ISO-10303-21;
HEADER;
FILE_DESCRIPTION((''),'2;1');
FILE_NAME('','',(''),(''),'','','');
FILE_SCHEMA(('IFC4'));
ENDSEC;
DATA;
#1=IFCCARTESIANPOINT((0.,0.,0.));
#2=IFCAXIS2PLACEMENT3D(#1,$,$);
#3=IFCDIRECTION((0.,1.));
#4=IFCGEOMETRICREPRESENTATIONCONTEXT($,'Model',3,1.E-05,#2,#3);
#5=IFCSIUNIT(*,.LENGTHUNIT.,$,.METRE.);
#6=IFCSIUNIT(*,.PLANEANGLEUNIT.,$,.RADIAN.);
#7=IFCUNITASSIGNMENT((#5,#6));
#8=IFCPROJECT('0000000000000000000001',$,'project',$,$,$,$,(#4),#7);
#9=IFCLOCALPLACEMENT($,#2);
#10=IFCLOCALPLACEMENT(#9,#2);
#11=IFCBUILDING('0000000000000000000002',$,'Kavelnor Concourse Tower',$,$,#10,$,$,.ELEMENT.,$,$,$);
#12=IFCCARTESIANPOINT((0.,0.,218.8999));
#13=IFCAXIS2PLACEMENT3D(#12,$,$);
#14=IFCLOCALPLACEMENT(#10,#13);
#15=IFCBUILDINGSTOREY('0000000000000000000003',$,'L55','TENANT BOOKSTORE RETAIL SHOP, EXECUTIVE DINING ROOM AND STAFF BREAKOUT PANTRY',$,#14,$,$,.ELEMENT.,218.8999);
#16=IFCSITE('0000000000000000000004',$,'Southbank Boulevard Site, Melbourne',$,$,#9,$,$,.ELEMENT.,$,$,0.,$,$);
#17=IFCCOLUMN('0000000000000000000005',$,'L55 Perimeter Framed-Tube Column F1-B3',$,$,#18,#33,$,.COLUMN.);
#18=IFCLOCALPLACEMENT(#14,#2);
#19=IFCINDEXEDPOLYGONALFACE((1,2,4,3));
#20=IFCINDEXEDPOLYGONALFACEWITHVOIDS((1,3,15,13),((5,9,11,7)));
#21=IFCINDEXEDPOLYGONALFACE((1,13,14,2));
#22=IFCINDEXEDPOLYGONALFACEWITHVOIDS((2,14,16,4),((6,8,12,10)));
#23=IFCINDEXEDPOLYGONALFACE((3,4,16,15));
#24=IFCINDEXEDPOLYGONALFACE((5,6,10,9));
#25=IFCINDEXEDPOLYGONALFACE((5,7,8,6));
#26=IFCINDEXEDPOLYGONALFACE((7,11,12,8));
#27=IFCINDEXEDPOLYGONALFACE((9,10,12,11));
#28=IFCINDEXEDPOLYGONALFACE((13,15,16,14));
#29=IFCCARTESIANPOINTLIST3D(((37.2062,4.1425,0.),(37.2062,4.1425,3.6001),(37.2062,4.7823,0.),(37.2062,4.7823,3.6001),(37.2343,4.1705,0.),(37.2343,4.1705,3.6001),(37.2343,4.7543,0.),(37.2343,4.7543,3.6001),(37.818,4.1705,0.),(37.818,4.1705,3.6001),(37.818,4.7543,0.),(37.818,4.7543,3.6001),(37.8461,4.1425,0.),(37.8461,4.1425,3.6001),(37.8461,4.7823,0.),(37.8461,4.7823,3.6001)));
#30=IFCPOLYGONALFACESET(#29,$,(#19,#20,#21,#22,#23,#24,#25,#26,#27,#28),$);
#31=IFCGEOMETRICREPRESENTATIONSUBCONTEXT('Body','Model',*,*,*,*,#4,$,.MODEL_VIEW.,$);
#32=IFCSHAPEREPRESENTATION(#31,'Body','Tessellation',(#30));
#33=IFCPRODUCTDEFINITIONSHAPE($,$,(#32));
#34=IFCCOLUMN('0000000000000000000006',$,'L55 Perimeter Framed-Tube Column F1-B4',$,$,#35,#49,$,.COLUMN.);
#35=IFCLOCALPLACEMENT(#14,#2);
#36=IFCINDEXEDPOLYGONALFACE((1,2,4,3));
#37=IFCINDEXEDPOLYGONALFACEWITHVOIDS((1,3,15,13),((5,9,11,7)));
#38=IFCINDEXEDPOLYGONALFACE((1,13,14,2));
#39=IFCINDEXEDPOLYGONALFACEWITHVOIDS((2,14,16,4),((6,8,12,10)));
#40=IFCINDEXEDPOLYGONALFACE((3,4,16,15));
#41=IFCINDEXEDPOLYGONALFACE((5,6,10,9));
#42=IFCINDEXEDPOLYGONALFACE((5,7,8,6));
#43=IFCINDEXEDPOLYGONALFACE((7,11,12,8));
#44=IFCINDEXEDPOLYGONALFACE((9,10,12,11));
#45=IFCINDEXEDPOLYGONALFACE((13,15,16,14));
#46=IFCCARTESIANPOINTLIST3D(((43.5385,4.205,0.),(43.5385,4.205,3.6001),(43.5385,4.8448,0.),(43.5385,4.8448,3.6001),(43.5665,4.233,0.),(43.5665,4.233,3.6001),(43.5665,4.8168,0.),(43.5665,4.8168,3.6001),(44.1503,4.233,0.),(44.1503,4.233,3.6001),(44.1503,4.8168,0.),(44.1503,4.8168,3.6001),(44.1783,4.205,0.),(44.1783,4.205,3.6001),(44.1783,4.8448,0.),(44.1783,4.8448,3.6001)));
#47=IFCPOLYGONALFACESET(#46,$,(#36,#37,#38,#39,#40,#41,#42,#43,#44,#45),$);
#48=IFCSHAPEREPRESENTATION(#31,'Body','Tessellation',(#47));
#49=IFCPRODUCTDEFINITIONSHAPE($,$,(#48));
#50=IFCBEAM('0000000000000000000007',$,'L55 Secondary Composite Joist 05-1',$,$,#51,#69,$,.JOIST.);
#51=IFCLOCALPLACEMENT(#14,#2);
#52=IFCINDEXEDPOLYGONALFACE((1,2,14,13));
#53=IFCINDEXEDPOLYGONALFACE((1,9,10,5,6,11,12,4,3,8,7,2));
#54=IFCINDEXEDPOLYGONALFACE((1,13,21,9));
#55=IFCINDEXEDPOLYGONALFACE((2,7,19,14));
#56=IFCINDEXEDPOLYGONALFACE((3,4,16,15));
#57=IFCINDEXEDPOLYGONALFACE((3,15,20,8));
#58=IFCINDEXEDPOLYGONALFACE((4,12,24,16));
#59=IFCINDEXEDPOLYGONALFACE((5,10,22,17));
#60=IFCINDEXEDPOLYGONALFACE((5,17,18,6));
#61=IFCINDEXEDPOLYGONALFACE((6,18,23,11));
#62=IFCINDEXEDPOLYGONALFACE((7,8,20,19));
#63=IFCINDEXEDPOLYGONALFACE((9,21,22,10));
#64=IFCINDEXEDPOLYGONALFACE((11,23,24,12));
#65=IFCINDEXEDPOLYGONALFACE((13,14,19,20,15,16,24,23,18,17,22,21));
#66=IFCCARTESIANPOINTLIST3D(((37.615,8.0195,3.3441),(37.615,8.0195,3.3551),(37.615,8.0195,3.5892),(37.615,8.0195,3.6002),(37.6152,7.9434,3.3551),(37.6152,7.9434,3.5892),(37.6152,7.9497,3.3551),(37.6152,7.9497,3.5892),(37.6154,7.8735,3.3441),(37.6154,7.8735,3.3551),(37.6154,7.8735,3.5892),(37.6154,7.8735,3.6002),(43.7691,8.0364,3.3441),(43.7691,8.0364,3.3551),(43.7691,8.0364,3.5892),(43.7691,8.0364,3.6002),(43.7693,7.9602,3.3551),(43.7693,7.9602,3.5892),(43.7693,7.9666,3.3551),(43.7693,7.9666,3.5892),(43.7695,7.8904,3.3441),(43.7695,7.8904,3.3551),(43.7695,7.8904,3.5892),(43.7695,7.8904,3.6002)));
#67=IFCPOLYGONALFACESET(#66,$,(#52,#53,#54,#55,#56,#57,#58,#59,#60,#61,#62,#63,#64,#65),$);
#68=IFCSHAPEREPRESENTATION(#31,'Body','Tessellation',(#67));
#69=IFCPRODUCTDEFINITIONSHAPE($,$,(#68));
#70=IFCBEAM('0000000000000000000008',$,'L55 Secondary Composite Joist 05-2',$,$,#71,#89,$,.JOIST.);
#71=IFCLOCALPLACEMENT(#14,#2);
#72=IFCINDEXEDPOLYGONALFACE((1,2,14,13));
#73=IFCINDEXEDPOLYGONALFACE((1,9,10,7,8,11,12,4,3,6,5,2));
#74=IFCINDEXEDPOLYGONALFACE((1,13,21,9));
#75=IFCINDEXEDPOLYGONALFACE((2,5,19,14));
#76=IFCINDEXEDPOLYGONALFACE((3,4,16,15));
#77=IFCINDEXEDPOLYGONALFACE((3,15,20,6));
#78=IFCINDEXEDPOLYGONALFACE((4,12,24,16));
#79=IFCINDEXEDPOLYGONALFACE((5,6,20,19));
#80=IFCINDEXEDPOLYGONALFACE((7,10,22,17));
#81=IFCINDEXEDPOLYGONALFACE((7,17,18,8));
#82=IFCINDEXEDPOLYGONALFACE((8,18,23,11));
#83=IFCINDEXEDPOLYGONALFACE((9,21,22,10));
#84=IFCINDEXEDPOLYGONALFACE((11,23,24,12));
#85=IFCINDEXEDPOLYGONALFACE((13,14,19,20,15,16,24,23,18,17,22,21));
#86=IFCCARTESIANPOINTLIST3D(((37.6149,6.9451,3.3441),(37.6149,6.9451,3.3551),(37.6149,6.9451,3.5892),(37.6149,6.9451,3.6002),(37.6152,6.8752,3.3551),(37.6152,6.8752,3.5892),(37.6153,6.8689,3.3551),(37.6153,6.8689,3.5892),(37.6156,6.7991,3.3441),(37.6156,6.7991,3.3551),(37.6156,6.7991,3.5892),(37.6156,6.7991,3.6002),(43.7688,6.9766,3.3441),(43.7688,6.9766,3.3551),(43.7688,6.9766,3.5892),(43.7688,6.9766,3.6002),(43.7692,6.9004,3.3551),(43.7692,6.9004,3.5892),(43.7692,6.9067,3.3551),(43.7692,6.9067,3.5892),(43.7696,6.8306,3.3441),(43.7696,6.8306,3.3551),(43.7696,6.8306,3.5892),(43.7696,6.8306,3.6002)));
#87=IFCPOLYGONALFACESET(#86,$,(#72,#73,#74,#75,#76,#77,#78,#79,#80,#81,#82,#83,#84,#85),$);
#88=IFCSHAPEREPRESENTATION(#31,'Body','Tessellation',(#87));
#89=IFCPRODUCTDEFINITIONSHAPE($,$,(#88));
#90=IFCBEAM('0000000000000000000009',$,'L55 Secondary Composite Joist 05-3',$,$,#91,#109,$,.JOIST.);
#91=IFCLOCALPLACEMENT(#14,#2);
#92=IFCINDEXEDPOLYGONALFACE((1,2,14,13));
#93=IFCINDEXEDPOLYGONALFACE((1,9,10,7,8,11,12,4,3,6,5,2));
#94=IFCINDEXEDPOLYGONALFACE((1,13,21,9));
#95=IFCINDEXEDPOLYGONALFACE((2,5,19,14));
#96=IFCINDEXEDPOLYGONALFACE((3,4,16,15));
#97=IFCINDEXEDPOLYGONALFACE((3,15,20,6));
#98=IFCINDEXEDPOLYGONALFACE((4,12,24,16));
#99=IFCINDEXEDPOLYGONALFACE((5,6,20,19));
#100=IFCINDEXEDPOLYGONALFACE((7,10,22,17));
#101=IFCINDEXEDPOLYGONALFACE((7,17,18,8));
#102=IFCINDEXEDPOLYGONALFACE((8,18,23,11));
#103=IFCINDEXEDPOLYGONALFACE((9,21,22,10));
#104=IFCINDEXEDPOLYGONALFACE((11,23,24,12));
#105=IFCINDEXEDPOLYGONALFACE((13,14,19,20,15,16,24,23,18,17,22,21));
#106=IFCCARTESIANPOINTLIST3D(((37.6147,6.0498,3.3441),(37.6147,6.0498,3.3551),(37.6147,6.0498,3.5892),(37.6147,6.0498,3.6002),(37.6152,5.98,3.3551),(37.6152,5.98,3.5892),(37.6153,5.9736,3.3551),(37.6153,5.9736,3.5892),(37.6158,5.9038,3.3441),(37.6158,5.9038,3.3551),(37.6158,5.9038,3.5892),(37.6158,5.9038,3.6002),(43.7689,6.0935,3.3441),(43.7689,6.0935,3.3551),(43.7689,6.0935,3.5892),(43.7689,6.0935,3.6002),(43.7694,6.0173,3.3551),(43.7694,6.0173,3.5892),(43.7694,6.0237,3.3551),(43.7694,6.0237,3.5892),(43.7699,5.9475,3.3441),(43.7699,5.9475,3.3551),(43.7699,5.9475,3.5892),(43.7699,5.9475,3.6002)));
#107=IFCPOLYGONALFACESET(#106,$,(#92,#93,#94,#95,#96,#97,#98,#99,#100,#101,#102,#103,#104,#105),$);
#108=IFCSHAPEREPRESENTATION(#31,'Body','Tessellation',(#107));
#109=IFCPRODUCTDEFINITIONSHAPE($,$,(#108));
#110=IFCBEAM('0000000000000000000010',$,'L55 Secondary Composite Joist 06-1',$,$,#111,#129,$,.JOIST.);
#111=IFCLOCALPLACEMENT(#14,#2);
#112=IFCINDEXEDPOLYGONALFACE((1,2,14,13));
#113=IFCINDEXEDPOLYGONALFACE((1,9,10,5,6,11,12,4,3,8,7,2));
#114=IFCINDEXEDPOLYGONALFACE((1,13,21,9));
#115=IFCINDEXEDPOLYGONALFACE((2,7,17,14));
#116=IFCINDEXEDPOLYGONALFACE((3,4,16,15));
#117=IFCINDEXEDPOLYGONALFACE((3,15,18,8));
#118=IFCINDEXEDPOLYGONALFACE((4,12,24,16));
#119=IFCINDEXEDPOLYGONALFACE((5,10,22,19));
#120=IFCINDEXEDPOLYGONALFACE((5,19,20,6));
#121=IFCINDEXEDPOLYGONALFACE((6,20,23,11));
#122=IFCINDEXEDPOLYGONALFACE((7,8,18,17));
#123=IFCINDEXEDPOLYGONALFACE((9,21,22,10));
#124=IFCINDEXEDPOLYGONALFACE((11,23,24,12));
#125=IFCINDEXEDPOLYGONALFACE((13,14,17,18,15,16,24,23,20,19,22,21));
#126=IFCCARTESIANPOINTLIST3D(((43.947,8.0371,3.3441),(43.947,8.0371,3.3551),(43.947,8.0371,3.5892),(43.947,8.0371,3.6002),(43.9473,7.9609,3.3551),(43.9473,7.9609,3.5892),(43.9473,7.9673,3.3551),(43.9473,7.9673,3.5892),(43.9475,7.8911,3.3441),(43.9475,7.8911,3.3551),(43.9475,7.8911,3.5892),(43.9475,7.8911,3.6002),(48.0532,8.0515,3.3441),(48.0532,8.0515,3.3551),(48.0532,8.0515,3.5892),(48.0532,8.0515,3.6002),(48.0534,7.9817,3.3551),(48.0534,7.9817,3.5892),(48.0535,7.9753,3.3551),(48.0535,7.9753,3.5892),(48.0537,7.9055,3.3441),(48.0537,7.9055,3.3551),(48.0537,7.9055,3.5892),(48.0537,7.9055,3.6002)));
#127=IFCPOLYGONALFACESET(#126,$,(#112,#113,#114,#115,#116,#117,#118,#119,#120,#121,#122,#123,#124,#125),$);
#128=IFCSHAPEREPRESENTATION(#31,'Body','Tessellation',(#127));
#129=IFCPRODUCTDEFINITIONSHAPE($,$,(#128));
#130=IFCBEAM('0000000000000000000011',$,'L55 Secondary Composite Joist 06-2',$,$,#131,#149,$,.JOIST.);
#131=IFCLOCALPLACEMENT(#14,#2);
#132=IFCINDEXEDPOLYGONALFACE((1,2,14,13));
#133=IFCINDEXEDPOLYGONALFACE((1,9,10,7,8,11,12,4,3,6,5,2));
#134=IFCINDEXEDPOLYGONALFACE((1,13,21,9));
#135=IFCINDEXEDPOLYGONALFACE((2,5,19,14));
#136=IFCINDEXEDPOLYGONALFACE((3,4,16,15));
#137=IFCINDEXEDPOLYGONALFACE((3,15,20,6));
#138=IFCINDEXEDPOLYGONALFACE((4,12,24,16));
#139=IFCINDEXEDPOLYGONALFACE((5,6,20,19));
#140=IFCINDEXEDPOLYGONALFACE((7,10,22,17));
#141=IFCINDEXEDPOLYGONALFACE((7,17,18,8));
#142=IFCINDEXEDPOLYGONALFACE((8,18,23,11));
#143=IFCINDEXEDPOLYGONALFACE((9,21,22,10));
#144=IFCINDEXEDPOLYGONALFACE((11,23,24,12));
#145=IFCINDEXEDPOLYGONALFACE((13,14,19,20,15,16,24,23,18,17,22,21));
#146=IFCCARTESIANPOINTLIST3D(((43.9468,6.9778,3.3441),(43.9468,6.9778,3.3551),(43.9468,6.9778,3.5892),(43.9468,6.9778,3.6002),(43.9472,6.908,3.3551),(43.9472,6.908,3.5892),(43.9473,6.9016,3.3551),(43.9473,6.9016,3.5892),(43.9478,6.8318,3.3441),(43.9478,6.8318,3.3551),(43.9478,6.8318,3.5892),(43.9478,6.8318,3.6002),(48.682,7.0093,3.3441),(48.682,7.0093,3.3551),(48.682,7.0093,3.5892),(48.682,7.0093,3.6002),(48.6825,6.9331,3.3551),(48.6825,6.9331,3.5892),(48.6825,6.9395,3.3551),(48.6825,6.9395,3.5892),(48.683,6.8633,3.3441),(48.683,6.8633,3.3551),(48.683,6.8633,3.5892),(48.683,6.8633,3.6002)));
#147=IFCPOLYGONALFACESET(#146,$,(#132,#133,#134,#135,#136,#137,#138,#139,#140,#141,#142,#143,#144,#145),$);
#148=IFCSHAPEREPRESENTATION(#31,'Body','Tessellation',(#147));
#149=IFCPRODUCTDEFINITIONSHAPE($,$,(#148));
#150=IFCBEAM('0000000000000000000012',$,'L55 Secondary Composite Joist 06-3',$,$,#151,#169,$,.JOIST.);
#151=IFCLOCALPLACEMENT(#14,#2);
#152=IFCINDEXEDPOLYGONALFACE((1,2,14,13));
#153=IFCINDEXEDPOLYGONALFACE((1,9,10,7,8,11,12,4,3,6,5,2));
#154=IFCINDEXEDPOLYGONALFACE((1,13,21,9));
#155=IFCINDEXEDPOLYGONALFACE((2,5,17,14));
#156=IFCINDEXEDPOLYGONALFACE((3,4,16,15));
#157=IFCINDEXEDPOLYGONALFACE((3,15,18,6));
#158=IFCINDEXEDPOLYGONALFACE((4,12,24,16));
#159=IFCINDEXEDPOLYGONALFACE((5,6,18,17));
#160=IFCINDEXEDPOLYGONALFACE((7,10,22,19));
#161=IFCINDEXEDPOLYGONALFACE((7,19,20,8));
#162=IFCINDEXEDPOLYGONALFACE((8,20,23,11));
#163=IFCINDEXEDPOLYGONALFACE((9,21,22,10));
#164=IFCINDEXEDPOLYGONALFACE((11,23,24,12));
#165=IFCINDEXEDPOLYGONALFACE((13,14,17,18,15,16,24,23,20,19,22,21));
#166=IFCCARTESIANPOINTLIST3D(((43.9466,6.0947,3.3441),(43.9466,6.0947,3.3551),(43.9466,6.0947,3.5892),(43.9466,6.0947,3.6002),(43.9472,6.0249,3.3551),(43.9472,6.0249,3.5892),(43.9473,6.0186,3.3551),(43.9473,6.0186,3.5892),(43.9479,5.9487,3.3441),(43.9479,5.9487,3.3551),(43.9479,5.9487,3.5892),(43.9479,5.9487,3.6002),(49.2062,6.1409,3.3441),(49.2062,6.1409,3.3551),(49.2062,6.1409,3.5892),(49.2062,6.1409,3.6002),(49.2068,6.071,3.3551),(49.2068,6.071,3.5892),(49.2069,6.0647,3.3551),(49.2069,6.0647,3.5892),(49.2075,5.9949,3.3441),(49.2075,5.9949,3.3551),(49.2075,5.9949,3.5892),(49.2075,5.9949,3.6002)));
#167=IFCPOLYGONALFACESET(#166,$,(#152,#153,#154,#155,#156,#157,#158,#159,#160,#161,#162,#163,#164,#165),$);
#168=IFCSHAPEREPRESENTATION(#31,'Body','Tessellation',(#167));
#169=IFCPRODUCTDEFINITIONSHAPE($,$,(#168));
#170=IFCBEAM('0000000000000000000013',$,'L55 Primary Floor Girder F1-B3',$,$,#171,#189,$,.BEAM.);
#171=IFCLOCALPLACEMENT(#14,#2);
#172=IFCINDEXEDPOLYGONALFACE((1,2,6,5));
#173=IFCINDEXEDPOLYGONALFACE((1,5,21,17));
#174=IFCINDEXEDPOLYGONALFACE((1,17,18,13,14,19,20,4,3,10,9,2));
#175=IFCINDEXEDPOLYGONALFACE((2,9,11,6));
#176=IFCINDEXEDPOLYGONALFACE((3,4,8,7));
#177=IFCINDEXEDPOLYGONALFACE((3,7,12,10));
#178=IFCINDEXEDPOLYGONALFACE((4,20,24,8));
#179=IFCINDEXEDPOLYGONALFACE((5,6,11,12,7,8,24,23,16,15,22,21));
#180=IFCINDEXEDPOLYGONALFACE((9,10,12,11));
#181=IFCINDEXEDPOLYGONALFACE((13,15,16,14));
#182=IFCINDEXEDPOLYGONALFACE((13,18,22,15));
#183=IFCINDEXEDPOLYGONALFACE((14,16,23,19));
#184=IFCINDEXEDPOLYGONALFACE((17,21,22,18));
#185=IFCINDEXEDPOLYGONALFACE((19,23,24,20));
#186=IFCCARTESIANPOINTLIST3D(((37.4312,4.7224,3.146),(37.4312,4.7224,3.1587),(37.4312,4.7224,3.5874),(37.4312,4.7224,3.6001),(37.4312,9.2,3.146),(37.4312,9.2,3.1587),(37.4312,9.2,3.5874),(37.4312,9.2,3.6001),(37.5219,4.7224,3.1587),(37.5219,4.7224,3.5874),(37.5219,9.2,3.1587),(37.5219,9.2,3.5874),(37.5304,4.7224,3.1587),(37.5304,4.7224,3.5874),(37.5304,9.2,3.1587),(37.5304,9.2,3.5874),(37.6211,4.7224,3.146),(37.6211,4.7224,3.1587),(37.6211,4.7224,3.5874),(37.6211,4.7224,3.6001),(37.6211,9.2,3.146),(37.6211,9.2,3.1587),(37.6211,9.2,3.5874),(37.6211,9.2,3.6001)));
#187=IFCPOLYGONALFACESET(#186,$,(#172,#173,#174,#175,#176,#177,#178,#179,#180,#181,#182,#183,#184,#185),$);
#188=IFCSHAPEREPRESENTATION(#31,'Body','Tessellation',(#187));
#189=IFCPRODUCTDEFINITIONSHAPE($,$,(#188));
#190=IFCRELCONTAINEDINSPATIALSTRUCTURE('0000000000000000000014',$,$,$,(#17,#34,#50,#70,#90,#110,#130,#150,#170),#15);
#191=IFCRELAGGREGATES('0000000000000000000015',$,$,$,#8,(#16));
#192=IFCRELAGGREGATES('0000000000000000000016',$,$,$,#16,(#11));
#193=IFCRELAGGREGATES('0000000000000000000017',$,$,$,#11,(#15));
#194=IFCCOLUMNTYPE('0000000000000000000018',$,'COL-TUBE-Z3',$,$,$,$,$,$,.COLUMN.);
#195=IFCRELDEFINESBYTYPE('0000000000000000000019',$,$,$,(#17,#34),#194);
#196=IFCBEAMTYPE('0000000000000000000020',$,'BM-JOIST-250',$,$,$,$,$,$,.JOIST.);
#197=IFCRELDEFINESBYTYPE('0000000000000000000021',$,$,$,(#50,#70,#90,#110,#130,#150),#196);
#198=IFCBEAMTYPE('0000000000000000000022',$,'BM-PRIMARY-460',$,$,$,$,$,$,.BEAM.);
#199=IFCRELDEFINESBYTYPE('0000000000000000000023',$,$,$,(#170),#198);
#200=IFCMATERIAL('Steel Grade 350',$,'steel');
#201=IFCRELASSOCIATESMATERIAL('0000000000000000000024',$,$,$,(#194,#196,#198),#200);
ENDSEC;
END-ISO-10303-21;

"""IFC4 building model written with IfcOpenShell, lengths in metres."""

from ifc_helpers import new_model, si_unit, direction, frame, origin, origin_2d, place, context, subcontext, project, spatial, hollow_rectangle, i_section, extrude, material, material_profile, profile_set, type_object, element, save


model = new_model("IFC4")

# Units and contexts
model_context = context("Model", 3, precision=1e-05, world=origin(), true_north=direction((0.0, 1.0)))
body_context = subcontext(model_context, "Body", "Model", "MODEL_VIEW")
ifc_project = project(units=[si_unit("LENGTHUNIT", "METRE"), si_unit("PLANEANGLEUNIT", "RADIAN")], contexts=[model_context])

# Site, building, storey
site_placement = place(None, origin())
site = spatial("IfcSite", under=ifc_project, at=site_placement, Name="Southbank Boulevard Site, Melbourne", CompositionType="ELEMENT", RefElevation=0.0)
building_placement = place(site_placement, origin())
building = spatial("IfcBuilding", under=site, at=building_placement, Name="Kavelnor Concourse Tower", CompositionType="ELEMENT")
storey_placement = place(building_placement, frame((0.0, 0.0, 218.8999)))
storey = spatial("IfcBuildingStorey", under=building, at=storey_placement, Name="L55", Description="TENANT BOOKSTORE RETAIL SHOP, EXECUTIVE DINING ROOM AND STAFF BREAKOUT PANTRY", CompositionType="ELEMENT", Elevation=218.8999)

# Columns
ifc_material_1 = material(Name="Steel Grade 350", Category="steel")
ifc_material_profile_1 = material_profile(ifc_material_1, hollow_rectangle(XDim=0.6399, YDim=0.6399, WallThickness=0.0281, at=origin_2d()), Name="SHS 640x640x28")
ifc_profile_set_1 = profile_set([ifc_material_profile_1], Name="Steel Grade 350")
column_type = type_object("IfcColumnType", Name="COL-TUBE-Z3", PredefinedType="COLUMN", material=ifc_profile_set_1)
for number, where, z_axis, x_axis, name in (
    (1, (37.5261, 4.4624, 0.0), (0.0, 0.0, 1.0), (1.0, 0.0, 0.0), "L55 Perimeter Framed-Tube Column F1-B3"),
    (2, (43.8584, 4.5249, 0.0), (0.0, 0.0, 1.0), (1.0, 0.0, 0.0), "L55 Perimeter Framed-Tube Column F1-B4"),
):
    element("IfcColumn", number, at=place(storey_placement, frame(where, z_axis=z_axis, x_axis=x_axis)), inside=storey, type_object=column_type, Name=name, PredefinedType="COLUMN", context=body_context, shape_type="SweptSolid", body=[
        extrude(hollow_rectangle(XDim=0.6399, YDim=0.6399, WallThickness=0.0281, at=origin_2d()), origin(), (0.0, 0.0, 1.0), 3.6001),
    ])

# Beams
ifc_material_profile_2 = material_profile(ifc_material_1, i_section(OverallWidth=0.146, OverallDepth=0.2561, WebThickness=0.0063, FlangeThickness=0.011, at=origin_2d()), Name="250UB37")
ifc_profile_set_2 = profile_set([ifc_material_profile_2], Name="Steel Grade 350")
beam_type_1 = type_object("IfcBeamType", Name="BM-JOIST-250", PredefinedType="JOIST", material=ifc_profile_set_2)
for number, where, z_axis, x_axis, name in (
    (3, (37.6152, 7.9465, 3.4722), (0.999996, 0.002737, 0.0), (-0.002737, 0.999996, 0.0), "L55 Secondary Composite Joist 05-1"),
    (4, (37.6152, 6.8721, 3.4722), (0.999987, 0.005118, 0.0), (-0.005118, 0.999987, 0.0), "L55 Secondary Composite Joist 05-2"),
):
    element("IfcBeam", number, at=place(storey_placement, frame(where, z_axis=z_axis, x_axis=x_axis)), inside=storey, type_object=beam_type_1, Name=name, PredefinedType="JOIST", context=body_context, shape_type="SweptSolid", body=[
        extrude(i_section(OverallWidth=0.146, OverallDepth=0.2561, WebThickness=0.0063, FlangeThickness=0.011, at=origin_2d()), origin(), (0.0, 0.0, 1.0), 6.1541),
    ])
beam_1_placement = place(storey_placement, frame((37.6152, 5.9768, 3.4722), z_axis=(0.999975, 0.007101, 0.0), x_axis=(-0.007101, 0.999975, 0.0)))
element("IfcBeam", 5, at=beam_1_placement, inside=storey, type_object=beam_type_1, Name="L55 Secondary Composite Joist 05-3", PredefinedType="JOIST", context=body_context, shape_type="SweptSolid", body=[
    extrude(i_section(OverallWidth=0.146, OverallDepth=0.2561, WebThickness=0.0063, FlangeThickness=0.011, at=origin_2d()), origin(), (0.0, 0.0, 1.0), 6.1543),
])
beam_2_placement = place(storey_placement, frame((43.9473, 7.9641, 3.4722), z_axis=(0.999994, 0.003508, 0.0), x_axis=(-0.003508, 0.999994, 0.0)))
element("IfcBeam", 6, at=beam_2_placement, inside=storey, type_object=beam_type_1, Name="L55 Secondary Composite Joist 06-1", PredefinedType="JOIST", context=body_context, shape_type="SweptSolid", body=[
    extrude(i_section(OverallWidth=0.146, OverallDepth=0.2561, WebThickness=0.0063, FlangeThickness=0.011, at=origin_2d()), origin(), (0.0, 0.0, 1.0), 4.1062),
])
beam_3_placement = place(storey_placement, frame((43.9473, 6.9048, 3.4722), z_axis=(0.999978, 0.006651, 0.0), x_axis=(-0.006651, 0.999978, 0.0)))
element("IfcBeam", 7, at=beam_3_placement, inside=storey, type_object=beam_type_1, Name="L55 Secondary Composite Joist 06-2", PredefinedType="JOIST", context=body_context, shape_type="SweptSolid", body=[
    extrude(i_section(OverallWidth=0.146, OverallDepth=0.2561, WebThickness=0.0063, FlangeThickness=0.011, at=origin_2d()), origin(), (0.0, 0.0, 1.0), 4.7354),
])
beam_4_placement = place(storey_placement, frame((43.9473, 6.0217, 3.4722), z_axis=(0.999962, 0.008773, 0.0), x_axis=(-0.008773, 0.999962, 0.0)))
element("IfcBeam", 8, at=beam_4_placement, inside=storey, type_object=beam_type_1, Name="L55 Secondary Composite Joist 06-3", PredefinedType="JOIST", context=body_context, shape_type="SweptSolid", body=[
    extrude(i_section(OverallWidth=0.146, OverallDepth=0.2561, WebThickness=0.0063, FlangeThickness=0.011, at=origin_2d()), origin(), (0.0, 0.0, 1.0), 5.2598),
])
ifc_material_profile_3 = material_profile(ifc_material_1, i_section(OverallWidth=0.1899, OverallDepth=0.4541, WebThickness=0.0085, FlangeThickness=0.0127, at=origin_2d()), Name="460UB67")
ifc_profile_set_3 = profile_set([ifc_material_profile_3], Name="Steel Grade 350")
beam_type_2 = type_object("IfcBeamType", Name="BM-PRIMARY-460", PredefinedType="BEAM", material=ifc_profile_set_3)
beam_5_placement = place(storey_placement, frame((37.5261, 9.2, 3.373), z_axis=(0.0, -1.0, 0.0), x_axis=(1.0, 0.0, 0.0)))
element("IfcBeam", 9, at=beam_5_placement, inside=storey, type_object=beam_type_2, Name="L55 Primary Floor Girder F1-B3", PredefinedType="BEAM", context=body_context, shape_type="SweptSolid", body=[
    extrude(i_section(OverallWidth=0.1899, OverallDepth=0.4541, WebThickness=0.0085, FlangeThickness=0.0127, at=origin_2d()), origin(), (0.0, 0.0, 1.0), 4.4775),
])

save(model, "model.ifc")
